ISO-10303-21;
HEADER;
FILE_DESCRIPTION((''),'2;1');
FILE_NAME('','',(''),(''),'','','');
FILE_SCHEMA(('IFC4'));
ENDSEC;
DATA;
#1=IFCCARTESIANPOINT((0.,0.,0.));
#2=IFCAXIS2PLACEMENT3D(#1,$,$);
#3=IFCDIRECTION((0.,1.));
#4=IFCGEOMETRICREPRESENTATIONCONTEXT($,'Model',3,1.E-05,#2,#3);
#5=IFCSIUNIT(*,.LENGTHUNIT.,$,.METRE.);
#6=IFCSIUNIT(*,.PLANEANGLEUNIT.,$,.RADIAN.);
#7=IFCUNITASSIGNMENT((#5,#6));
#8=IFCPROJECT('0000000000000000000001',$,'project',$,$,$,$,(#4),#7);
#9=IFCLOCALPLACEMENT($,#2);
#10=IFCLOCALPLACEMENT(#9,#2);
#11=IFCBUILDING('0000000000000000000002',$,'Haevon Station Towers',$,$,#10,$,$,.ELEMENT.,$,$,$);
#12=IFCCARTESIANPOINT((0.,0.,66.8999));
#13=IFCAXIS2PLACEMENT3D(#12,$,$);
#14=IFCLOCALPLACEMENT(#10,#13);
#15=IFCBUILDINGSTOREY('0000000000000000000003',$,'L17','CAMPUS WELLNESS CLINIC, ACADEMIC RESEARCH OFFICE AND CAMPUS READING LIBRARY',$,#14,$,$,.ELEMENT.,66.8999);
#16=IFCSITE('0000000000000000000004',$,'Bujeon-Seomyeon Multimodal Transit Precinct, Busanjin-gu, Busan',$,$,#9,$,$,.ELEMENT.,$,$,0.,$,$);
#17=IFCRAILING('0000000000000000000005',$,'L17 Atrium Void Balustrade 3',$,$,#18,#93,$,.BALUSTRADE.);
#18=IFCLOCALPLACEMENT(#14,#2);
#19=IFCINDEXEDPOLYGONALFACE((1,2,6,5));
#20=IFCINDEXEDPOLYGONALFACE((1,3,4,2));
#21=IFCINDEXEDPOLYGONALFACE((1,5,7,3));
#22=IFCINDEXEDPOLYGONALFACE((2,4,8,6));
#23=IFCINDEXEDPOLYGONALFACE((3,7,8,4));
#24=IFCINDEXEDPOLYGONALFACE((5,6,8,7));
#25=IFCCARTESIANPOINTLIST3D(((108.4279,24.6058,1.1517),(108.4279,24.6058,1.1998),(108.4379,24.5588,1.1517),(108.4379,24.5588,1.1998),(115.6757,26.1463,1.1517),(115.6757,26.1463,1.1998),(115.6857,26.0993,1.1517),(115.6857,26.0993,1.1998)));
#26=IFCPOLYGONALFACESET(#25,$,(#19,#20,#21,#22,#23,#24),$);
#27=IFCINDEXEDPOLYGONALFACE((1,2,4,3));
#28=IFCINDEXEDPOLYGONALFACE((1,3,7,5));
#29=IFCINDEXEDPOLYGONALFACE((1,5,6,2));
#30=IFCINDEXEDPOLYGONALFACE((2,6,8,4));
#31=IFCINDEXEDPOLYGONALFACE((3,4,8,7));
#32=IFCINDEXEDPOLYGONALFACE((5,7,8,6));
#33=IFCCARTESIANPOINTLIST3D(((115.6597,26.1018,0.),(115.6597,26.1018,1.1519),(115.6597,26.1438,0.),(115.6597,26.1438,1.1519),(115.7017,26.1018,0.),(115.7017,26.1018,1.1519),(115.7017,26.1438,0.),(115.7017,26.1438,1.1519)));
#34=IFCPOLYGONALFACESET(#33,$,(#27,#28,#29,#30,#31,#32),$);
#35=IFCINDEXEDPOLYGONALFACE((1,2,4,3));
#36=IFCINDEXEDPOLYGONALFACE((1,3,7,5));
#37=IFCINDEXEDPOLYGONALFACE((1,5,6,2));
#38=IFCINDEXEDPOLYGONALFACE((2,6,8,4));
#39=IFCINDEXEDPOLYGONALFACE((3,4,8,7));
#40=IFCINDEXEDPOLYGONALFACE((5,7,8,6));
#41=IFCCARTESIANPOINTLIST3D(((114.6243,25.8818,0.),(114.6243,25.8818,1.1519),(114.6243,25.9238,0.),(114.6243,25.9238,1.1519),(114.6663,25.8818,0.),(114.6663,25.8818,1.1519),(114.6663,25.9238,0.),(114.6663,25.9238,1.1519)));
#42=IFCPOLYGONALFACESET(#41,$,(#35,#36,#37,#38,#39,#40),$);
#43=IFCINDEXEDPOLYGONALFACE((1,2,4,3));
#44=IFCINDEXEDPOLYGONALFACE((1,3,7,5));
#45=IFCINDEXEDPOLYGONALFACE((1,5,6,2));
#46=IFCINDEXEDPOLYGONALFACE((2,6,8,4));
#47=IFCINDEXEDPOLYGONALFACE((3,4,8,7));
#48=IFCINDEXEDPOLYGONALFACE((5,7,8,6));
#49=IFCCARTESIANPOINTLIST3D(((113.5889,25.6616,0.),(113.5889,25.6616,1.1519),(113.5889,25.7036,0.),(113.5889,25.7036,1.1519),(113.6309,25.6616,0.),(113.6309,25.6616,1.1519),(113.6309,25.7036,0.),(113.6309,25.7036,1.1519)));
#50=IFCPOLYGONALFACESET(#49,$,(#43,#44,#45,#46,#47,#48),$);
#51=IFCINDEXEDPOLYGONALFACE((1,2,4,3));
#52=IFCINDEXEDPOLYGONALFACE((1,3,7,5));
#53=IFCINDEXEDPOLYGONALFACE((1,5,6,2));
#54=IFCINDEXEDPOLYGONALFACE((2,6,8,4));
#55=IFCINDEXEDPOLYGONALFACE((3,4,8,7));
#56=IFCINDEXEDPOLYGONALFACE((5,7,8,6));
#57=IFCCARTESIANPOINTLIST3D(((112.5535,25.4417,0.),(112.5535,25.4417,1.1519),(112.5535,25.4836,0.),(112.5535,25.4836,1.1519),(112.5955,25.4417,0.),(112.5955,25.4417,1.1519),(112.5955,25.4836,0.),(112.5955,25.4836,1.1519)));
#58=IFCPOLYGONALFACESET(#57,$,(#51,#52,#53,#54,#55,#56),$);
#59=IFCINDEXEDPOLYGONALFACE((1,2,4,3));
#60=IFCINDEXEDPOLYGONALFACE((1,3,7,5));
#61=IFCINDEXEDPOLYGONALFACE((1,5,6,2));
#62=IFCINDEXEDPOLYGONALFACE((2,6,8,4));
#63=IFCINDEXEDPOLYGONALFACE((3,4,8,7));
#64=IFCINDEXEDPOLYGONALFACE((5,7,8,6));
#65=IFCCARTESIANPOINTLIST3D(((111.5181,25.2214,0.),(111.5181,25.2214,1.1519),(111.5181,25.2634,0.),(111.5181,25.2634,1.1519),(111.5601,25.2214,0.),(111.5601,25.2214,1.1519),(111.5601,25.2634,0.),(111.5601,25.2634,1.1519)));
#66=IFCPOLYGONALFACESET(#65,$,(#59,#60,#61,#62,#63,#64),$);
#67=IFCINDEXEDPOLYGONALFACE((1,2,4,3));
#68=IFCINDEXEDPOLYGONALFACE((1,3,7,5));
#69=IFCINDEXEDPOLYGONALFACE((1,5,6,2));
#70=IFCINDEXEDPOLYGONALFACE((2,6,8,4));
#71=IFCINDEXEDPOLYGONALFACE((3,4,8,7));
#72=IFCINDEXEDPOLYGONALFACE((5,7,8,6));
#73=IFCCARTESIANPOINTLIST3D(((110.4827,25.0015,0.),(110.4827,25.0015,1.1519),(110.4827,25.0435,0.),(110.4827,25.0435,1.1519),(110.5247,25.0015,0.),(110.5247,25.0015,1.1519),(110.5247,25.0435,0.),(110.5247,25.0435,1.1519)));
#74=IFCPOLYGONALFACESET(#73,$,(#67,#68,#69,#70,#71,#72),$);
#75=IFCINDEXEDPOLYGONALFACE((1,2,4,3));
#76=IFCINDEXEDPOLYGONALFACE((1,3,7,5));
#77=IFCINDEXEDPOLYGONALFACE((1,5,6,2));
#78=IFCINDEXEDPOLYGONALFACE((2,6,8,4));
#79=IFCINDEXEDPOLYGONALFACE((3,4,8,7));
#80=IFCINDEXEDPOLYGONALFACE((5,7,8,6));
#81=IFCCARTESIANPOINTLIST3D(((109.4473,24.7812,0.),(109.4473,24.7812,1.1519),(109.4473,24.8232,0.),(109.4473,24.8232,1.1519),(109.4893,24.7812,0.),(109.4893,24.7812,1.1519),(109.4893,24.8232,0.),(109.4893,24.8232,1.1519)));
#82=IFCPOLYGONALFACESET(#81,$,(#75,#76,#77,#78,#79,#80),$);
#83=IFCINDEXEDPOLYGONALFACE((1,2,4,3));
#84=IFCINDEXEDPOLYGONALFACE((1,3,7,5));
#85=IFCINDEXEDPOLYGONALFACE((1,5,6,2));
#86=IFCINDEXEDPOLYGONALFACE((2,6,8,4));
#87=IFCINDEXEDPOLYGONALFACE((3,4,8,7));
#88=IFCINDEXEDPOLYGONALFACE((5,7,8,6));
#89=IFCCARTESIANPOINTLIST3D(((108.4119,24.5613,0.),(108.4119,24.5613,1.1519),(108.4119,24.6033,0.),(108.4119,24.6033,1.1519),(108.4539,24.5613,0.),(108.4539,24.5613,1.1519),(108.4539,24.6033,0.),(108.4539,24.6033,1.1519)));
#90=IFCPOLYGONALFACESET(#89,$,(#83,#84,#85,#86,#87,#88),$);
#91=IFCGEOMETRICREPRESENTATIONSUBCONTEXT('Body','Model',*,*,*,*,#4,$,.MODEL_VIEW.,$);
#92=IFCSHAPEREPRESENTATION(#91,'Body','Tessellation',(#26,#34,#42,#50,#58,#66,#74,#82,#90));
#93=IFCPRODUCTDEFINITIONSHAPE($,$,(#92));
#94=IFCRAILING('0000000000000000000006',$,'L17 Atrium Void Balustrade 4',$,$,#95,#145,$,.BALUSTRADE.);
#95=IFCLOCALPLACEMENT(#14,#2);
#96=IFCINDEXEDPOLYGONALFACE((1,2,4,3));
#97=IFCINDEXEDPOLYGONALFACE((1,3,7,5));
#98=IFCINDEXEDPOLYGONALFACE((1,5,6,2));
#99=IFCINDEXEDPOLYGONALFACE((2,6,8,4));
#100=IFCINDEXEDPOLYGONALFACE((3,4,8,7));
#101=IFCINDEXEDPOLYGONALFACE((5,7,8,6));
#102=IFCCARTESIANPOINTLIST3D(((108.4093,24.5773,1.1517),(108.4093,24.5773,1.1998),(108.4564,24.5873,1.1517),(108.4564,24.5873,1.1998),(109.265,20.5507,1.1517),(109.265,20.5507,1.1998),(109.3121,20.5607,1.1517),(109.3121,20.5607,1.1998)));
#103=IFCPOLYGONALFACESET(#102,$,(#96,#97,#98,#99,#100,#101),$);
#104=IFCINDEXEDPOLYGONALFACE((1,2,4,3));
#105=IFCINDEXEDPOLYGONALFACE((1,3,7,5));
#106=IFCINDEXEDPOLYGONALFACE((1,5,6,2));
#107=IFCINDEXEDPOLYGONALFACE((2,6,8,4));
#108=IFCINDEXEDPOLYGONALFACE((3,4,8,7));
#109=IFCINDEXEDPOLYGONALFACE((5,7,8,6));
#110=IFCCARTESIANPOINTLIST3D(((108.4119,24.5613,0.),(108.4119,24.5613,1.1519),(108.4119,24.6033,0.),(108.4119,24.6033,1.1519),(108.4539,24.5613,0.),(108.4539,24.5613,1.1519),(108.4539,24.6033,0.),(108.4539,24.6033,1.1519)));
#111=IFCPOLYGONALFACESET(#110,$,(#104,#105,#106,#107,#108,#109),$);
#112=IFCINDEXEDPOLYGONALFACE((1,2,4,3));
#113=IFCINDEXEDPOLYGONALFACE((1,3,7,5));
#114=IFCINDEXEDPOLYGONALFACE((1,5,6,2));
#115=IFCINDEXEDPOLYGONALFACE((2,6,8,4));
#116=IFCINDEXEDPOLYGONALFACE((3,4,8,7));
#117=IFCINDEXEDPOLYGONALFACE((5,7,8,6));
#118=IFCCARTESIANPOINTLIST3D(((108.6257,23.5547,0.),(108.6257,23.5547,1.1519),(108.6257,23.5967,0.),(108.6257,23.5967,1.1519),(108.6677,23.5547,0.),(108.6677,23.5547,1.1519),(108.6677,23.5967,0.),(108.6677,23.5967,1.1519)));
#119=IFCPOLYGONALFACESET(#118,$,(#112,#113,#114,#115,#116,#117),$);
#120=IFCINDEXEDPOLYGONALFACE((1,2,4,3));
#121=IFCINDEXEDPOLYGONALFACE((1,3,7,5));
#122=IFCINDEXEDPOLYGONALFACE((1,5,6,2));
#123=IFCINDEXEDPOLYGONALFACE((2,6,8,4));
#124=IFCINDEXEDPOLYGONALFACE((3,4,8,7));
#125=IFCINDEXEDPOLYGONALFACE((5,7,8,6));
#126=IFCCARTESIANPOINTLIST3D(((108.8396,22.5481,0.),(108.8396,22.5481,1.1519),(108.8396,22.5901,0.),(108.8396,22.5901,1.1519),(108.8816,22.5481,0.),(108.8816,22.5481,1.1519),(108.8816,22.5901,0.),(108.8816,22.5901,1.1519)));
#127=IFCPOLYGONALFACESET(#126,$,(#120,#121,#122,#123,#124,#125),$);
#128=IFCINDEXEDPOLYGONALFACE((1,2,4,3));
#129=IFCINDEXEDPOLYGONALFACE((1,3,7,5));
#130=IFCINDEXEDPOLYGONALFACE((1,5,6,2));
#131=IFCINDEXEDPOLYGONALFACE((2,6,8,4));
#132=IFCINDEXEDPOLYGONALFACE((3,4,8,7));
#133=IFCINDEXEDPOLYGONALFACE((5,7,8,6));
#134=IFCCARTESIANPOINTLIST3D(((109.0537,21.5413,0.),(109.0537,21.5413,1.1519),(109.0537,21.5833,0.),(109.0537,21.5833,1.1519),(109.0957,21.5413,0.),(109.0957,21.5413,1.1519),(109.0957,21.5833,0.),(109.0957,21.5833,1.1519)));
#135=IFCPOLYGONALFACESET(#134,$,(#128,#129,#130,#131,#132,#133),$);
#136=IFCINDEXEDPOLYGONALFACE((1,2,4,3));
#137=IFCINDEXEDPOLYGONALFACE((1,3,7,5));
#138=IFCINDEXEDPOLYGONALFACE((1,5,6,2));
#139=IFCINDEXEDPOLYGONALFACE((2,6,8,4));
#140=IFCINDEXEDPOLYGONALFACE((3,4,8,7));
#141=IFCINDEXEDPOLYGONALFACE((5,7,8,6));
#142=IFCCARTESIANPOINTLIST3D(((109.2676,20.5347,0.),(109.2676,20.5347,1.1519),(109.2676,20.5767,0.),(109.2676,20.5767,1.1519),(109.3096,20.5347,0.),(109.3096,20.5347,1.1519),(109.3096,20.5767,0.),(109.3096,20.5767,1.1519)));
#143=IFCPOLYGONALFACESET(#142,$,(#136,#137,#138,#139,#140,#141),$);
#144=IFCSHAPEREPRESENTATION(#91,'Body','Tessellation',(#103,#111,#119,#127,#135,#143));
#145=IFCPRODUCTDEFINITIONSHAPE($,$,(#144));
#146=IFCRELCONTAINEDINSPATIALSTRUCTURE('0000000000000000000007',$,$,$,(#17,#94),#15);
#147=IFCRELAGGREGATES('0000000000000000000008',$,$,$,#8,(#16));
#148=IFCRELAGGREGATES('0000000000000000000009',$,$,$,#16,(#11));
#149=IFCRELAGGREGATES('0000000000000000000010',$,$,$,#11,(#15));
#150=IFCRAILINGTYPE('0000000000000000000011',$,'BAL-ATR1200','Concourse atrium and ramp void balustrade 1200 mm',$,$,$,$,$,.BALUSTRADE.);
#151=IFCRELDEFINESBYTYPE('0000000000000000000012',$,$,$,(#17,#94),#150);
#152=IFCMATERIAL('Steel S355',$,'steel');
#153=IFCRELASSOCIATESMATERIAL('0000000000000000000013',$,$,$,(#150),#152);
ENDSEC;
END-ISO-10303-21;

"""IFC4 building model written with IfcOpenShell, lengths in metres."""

from ifc_helpers import new_model, si_unit, direction, frame, origin, origin_2d, place, context, subcontext, project, spatial, rectangle, extrude, material, type_object, element, save


model = new_model("IFC4")

# Units and contexts
model_context = context("Model", 3, precision=1e-05, world=origin(), true_north=direction((0.0, 1.0)))
body_context = subcontext(model_context, "Body", "Model", "MODEL_VIEW")
ifc_project = project(units=[si_unit("LENGTHUNIT", "METRE"), si_unit("PLANEANGLEUNIT", "RADIAN")], contexts=[model_context])

# Site, building, storey
site_placement = place(None, origin())
site = spatial("IfcSite", under=ifc_project, at=site_placement, Name="Bujeon-Seomyeon Multimodal Transit Precinct, Busanjin-gu, Busan", CompositionType="ELEMENT", RefElevation=0.0)
building_placement = place(site_placement, origin())
building = spatial("IfcBuilding", under=site, at=building_placement, Name="Haevon Station Towers", CompositionType="ELEMENT")
storey_placement = place(building_placement, frame((0.0, 0.0, 66.8999)))
storey = spatial("IfcBuildingStorey", under=building, at=storey_placement, Name="L17", Description="CAMPUS WELLNESS CLINIC, ACADEMIC RESEARCH OFFICE AND CAMPUS READING LIBRARY", CompositionType="ELEMENT", Elevation=66.8999)

# Shared definitions
ifc_material_1 = material(Name="Steel S355", Category="steel")

# Railings
railing_type = type_object("IfcRailingType", Name="BAL-ATR1200", Description="Concourse atrium and ramp void balustrade 1200 mm", PredefinedType="BALUSTRADE", material=ifc_material_1)
railing_1_placement = place(storey_placement, frame((115.6807, 26.1228, 0.0)))
element("IfcRailing", 1, at=railing_1_placement, inside=storey, type_object=railing_type, Name="L17 Atrium Void Balustrade 3", PredefinedType="BALUSTRADE", context=body_context, shape_type="SweptSolid", body=[
    extrude(rectangle(XDim=0.0481, YDim=0.0481, at=origin_2d()), frame((0.0, 0.0, 1.1758), z_axis=(-0.978149, -0.207906, 0.0), x_axis=(0.207906, -0.978149, 0.0)), (0.0, 0.0, 1.0), 7.4097),
    extrude(rectangle(XDim=0.042, YDim=0.042, at=origin_2d()), origin(), (0.0, 0.0, 1.0), 1.1519),
    extrude(rectangle(XDim=0.042, YDim=0.042, at=origin_2d()), frame((-1.0354, -0.22, 0.0)), (0.0, 0.0, 1.0), 1.1519),
    extrude(rectangle(XDim=0.042, YDim=0.042, at=origin_2d()), frame((-2.0708, -0.4402, 0.0)), (0.0, 0.0, 1.0), 1.1519),
    extrude(rectangle(XDim=0.042, YDim=0.042, at=origin_2d()), frame((-3.1062, -0.6602, 0.0)), (0.0, 0.0, 1.0), 1.1519),
    extrude(rectangle(XDim=0.042, YDim=0.042, at=origin_2d()), frame((-4.1416, -0.8804, 0.0)), (0.0, 0.0, 1.0), 1.1519),
    extrude(rectangle(XDim=0.042, YDim=0.042, at=origin_2d()), frame((-5.177, -1.1003, 0.0)), (0.0, 0.0, 1.0), 1.1519),
    extrude(rectangle(XDim=0.042, YDim=0.042, at=origin_2d()), frame((-6.2124, -1.3206, 0.0)), (0.0, 0.0, 1.0), 1.1519),
    extrude(rectangle(XDim=0.042, YDim=0.042, at=origin_2d()), frame((-7.2478, -1.5405, 0.0)), (0.0, 0.0, 1.0), 1.1519),
])
railing_2_placement = place(storey_placement, frame((108.4329, 24.5823, 0.0)))
element("IfcRailing", 2, at=railing_2_placement, inside=storey, type_object=railing_type, Name="L17 Atrium Void Balustrade 4", PredefinedType="BALUSTRADE", context=body_context, shape_type="SweptSolid", body=[
    extrude(rectangle(XDim=0.0481, YDim=0.0481, at=origin_2d()), frame((0.0, 0.0, 1.1758), z_axis=(0.207872, -0.978156, 0.0), x_axis=(0.978156, 0.207872, 0.0)), (0.0, 0.0, 1.0), 4.1165),
    extrude(rectangle(XDim=0.042, YDim=0.042, at=origin_2d()), origin(), (0.0, 0.0, 1.0), 1.1519),
    extrude(rectangle(XDim=0.042, YDim=0.042, at=origin_2d()), frame((0.2139, -1.0066, 0.0)), (0.0, 0.0, 1.0), 1.1519),
    extrude(rectangle(XDim=0.042, YDim=0.042, at=origin_2d()), frame((0.4277, -2.0132, 0.0)), (0.0, 0.0, 1.0), 1.1519),
    extrude(rectangle(XDim=0.042, YDim=0.042, at=origin_2d()), frame((0.6418, -3.02, 0.0)), (0.0, 0.0, 1.0), 1.1519),
    extrude(rectangle(XDim=0.042, YDim=0.042, at=origin_2d()), frame((0.8557, -4.0266, 0.0)), (0.0, 0.0, 1.0), 1.1519),
])

save(model, "model.ifc")
